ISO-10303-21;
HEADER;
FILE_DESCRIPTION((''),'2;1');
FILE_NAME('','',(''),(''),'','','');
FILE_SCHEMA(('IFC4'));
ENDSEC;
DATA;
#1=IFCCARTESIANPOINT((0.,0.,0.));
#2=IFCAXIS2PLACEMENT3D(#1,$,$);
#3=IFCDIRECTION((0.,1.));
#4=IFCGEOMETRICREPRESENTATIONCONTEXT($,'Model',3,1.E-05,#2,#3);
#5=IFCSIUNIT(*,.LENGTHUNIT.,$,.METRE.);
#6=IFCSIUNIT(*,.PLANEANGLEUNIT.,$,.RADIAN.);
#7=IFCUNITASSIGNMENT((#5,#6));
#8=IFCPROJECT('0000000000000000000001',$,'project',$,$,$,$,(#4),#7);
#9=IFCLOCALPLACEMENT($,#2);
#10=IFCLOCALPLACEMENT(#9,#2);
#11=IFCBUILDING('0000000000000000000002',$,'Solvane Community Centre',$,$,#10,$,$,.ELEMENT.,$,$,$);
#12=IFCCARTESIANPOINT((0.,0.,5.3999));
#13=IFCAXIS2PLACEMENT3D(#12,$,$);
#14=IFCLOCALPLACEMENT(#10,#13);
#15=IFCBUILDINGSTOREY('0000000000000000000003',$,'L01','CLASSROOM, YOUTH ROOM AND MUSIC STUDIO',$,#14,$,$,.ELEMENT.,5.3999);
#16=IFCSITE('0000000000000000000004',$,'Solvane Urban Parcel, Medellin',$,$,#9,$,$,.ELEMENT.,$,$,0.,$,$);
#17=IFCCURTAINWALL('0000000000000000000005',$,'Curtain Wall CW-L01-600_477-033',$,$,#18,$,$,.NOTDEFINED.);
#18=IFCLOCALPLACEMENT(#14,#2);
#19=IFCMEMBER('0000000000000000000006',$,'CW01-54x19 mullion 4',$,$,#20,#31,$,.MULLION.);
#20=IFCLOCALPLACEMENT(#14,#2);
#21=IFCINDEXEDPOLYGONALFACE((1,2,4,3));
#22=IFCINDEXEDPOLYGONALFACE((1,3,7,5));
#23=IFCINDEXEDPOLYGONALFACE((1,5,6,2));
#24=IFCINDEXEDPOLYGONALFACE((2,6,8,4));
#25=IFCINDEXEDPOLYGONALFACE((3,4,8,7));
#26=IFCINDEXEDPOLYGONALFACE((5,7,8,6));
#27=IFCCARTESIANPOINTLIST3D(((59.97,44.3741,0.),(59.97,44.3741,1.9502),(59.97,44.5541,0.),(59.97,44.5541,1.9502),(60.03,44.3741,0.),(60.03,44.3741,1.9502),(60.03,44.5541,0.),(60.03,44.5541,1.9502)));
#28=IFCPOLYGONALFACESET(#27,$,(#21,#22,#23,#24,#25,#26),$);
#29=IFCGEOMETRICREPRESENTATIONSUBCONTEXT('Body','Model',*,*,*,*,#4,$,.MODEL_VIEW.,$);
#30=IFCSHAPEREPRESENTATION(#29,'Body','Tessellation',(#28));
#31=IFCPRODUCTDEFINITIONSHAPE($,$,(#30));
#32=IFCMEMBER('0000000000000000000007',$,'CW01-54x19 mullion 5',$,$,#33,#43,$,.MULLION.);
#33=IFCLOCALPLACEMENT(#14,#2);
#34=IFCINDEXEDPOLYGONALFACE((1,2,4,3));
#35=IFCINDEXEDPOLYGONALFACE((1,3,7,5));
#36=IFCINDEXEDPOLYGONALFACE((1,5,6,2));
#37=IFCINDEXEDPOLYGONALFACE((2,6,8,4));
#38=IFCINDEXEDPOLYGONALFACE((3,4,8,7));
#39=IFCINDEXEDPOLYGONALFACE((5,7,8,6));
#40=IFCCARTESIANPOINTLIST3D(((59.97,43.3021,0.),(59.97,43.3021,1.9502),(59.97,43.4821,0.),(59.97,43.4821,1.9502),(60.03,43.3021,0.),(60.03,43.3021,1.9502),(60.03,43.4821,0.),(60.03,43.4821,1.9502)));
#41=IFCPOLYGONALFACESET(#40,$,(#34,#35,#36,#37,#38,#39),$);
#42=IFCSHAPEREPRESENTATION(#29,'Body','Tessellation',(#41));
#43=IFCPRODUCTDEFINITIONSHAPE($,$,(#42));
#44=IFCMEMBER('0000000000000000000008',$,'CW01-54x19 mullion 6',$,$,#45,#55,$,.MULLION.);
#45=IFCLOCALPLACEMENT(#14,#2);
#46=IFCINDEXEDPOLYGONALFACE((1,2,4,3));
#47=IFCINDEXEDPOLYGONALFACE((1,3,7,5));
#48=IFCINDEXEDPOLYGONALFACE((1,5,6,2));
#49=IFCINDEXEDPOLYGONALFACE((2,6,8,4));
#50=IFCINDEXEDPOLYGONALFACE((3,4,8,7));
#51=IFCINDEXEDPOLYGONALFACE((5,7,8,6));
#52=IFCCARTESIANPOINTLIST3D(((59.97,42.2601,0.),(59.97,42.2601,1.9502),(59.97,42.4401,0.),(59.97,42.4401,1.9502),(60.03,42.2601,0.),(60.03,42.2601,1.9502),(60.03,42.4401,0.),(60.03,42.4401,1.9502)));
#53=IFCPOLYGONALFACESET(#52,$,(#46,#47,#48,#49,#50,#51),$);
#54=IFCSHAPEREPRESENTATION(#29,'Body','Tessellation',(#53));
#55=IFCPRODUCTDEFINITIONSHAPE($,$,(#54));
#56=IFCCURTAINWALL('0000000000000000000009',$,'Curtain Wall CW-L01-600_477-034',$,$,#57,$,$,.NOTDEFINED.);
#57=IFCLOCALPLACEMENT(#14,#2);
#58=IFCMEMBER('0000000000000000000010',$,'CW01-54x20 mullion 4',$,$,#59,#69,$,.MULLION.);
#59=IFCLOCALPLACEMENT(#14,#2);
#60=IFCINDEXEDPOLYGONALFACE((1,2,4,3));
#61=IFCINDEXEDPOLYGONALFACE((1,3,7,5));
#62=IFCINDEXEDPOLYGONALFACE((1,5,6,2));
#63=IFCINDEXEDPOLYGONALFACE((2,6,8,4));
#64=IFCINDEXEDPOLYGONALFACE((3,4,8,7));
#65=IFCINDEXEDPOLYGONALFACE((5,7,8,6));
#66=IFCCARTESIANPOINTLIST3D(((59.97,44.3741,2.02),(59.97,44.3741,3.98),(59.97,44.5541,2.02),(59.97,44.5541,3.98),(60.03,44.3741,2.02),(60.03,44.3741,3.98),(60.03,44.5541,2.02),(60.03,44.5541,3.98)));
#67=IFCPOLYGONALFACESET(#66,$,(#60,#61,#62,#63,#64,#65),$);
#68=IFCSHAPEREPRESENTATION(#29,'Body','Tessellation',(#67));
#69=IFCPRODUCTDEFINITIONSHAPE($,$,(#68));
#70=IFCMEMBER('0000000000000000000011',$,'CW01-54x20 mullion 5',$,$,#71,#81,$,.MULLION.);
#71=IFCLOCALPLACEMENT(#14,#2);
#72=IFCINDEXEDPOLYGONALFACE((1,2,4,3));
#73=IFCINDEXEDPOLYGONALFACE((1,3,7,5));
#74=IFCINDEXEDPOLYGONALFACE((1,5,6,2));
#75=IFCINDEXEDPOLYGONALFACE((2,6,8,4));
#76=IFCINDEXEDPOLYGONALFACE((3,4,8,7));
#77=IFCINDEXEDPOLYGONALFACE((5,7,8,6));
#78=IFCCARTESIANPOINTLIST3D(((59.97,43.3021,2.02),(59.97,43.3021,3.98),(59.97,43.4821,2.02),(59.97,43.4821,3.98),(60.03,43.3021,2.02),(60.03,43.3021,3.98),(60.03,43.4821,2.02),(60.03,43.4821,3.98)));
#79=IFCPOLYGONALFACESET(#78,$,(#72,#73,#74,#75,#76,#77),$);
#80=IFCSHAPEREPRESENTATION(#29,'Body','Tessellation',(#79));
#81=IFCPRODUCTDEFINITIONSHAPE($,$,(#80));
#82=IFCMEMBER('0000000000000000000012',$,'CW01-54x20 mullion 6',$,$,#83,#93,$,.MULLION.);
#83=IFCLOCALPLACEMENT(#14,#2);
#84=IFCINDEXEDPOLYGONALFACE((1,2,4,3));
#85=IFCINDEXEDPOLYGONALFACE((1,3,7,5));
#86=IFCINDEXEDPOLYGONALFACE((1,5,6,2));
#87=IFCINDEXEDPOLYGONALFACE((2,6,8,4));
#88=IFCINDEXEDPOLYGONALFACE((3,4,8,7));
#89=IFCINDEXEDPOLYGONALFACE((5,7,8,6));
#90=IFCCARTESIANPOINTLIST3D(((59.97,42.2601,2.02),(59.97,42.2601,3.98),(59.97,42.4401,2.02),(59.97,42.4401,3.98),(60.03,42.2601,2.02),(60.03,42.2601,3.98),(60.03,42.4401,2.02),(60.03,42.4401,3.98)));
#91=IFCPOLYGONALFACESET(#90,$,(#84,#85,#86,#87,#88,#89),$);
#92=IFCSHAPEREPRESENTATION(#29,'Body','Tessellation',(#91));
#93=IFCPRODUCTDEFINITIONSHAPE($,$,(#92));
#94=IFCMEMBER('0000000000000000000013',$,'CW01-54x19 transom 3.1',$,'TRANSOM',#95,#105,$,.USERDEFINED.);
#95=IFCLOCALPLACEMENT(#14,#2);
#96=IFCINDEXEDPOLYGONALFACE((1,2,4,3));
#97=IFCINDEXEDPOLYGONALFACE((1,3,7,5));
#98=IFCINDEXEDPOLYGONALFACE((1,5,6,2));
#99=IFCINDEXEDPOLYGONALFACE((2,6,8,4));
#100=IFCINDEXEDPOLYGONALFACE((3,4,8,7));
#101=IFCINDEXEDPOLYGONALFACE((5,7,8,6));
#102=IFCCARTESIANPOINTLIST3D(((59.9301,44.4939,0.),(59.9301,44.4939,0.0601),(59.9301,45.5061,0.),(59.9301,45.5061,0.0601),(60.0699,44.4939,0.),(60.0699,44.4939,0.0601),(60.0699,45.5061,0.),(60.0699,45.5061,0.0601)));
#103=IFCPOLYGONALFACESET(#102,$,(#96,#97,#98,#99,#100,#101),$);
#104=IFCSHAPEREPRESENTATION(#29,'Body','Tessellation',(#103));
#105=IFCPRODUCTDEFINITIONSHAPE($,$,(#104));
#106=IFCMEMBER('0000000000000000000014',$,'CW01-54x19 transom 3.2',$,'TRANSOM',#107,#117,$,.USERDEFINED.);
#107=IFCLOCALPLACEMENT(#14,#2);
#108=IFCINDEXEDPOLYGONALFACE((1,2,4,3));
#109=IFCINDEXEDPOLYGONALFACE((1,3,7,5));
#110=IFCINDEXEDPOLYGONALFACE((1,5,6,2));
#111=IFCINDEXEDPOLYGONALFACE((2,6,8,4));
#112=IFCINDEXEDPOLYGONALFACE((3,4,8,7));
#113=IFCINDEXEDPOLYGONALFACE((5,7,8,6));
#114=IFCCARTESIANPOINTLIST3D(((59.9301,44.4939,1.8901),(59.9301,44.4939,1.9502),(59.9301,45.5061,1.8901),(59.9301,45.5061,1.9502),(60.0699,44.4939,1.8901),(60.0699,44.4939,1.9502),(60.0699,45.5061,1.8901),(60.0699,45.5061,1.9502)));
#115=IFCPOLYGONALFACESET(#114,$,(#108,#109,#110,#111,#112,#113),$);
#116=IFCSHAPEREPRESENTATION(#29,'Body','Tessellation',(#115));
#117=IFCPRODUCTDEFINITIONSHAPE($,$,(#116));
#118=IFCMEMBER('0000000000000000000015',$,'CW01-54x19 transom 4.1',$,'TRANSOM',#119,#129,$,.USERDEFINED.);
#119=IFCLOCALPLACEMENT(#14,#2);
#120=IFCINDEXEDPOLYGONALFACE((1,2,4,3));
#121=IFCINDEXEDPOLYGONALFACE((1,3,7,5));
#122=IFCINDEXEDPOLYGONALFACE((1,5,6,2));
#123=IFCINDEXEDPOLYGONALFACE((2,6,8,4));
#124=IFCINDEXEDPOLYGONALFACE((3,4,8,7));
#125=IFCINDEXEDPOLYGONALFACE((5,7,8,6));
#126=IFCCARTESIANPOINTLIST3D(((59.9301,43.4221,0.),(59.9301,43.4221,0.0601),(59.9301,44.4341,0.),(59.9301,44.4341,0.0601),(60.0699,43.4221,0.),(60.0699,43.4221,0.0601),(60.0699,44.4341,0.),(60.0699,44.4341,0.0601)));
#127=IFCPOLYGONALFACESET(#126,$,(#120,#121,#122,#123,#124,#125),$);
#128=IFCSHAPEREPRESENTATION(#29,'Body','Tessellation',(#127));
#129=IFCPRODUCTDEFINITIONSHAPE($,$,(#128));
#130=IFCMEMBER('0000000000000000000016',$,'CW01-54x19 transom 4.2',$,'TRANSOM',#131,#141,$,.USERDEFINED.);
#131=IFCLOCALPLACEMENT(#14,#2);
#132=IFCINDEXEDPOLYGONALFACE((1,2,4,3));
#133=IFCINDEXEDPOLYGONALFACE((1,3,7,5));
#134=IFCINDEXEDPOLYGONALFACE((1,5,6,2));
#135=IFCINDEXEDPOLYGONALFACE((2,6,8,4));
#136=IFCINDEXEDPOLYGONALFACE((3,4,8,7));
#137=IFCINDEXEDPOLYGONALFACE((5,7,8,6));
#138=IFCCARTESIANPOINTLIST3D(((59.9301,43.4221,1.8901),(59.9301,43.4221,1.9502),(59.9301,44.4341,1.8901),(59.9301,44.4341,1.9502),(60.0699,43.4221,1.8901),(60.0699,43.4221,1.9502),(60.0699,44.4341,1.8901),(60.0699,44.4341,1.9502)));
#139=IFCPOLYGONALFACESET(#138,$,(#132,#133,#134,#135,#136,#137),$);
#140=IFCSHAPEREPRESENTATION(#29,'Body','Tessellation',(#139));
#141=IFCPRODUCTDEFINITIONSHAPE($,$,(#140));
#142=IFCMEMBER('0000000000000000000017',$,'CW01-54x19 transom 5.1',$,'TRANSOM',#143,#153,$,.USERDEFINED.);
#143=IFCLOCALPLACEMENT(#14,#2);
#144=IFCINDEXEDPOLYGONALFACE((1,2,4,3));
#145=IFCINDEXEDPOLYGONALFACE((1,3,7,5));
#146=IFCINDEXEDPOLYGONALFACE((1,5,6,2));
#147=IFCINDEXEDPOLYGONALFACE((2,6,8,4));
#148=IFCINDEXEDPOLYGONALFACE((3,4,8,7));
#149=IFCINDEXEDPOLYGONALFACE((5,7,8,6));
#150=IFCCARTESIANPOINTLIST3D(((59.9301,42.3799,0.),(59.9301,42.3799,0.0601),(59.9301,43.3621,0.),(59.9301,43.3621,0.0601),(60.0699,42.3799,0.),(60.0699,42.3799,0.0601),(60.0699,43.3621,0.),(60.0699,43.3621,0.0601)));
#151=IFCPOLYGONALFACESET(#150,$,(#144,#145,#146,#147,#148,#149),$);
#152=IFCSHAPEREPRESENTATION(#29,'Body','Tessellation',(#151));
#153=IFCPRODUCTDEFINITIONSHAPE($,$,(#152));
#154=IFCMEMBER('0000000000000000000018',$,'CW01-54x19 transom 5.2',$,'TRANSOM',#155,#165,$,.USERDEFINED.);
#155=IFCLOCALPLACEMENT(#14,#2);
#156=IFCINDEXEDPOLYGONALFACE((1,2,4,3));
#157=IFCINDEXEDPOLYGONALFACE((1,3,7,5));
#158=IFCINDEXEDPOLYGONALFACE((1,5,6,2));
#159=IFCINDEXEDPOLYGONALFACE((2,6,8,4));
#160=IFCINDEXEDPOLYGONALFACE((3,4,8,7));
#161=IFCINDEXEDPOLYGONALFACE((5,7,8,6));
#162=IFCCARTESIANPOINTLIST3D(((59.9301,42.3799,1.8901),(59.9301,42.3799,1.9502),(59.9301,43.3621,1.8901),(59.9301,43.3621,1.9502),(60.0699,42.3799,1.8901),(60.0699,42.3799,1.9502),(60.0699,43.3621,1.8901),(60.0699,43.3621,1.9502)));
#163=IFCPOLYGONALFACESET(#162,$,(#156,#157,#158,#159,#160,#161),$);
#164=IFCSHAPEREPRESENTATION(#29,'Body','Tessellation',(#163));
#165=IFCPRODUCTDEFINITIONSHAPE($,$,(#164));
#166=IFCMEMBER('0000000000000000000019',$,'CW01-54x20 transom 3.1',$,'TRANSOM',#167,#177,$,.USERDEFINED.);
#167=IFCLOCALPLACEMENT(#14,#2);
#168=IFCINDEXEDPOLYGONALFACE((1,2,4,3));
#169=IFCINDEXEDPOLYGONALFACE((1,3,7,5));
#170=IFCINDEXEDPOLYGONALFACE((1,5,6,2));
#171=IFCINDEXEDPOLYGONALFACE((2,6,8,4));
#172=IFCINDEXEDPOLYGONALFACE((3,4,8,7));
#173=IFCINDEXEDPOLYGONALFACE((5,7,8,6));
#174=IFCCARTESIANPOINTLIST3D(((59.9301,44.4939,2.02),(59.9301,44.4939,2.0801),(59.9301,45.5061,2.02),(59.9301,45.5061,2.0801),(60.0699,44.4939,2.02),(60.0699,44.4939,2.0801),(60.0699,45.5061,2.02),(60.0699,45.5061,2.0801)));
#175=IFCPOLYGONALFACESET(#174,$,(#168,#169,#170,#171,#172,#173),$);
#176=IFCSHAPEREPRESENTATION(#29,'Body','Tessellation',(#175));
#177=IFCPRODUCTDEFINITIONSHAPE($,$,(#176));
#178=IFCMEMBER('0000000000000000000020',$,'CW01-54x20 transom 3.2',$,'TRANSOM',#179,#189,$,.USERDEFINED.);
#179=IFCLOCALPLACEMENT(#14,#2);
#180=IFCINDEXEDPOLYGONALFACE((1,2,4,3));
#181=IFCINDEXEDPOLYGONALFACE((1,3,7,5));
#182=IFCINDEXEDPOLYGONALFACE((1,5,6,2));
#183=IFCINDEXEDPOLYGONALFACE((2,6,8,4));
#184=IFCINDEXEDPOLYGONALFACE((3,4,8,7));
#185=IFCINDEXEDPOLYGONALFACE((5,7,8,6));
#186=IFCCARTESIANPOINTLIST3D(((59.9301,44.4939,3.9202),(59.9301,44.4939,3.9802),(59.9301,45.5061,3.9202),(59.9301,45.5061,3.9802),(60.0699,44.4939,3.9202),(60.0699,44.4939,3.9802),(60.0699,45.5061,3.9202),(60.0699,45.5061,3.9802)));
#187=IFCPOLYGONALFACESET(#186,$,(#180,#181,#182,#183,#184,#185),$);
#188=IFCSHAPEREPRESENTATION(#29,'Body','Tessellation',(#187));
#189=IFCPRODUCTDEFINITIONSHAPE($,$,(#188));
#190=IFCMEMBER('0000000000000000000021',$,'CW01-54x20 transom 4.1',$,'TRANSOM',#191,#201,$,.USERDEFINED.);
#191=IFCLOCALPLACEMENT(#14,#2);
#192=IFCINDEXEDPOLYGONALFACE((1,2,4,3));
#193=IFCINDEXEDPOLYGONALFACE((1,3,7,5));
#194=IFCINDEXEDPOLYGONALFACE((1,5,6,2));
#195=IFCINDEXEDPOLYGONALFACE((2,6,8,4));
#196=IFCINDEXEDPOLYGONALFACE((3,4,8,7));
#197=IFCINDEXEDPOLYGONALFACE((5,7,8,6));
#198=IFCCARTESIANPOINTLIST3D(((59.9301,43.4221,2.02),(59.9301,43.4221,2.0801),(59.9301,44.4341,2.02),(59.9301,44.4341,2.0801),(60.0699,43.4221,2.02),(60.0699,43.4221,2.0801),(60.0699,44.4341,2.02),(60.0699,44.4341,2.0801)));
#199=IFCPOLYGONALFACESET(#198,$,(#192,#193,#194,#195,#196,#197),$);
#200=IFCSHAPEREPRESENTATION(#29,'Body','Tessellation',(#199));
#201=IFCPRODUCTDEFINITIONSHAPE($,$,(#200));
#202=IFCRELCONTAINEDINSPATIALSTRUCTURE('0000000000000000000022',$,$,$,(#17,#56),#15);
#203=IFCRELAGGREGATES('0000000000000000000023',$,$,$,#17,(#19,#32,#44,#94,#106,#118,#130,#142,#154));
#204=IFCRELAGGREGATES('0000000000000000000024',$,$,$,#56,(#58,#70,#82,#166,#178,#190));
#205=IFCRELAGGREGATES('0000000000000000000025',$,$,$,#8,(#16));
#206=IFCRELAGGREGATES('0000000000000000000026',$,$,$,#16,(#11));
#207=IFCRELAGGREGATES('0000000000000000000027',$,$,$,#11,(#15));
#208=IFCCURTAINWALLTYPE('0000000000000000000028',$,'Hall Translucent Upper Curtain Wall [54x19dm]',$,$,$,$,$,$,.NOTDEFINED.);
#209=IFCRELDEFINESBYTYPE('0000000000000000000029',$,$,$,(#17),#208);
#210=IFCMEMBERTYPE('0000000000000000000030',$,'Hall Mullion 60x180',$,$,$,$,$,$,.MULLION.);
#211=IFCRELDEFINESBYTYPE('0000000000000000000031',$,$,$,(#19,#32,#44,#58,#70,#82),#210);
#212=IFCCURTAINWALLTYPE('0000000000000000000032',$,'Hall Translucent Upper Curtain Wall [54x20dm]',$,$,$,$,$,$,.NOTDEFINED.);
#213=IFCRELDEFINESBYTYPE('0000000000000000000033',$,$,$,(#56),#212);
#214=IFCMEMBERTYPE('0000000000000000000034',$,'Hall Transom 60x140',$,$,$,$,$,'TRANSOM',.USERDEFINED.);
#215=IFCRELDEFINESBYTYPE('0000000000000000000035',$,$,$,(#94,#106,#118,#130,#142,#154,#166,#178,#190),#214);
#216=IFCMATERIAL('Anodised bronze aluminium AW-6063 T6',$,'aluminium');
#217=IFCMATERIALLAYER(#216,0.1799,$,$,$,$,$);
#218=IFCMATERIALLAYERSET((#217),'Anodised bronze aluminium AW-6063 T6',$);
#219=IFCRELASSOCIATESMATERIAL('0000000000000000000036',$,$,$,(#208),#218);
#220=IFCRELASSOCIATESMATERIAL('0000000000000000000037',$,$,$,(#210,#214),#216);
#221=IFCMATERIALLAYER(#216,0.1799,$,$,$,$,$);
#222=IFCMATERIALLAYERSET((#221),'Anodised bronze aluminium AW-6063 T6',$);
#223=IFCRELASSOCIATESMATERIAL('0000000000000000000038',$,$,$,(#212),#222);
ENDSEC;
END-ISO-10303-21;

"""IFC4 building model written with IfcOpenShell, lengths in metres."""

from ifc_helpers import new_model, si_unit, direction, frame, origin, origin_2d, place, context, subcontext, project, spatial, rectangle, extrude, material, layer, layer_set, material_profile, profile_set, type_object, element, aggregate, save


model = new_model("IFC4")

# Units and contexts
model_context = context("Model", 3, precision=1e-05, world=origin(), true_north=direction((0.0, 1.0)))
body_context = subcontext(model_context, "Body", "Model", "MODEL_VIEW")
ifc_project = project(units=[si_unit("LENGTHUNIT", "METRE"), si_unit("PLANEANGLEUNIT", "RADIAN")], contexts=[model_context])

# Site, building, storey
site_placement = place(None, origin())
site = spatial("IfcSite", under=ifc_project, at=site_placement, Name="Solvane Urban Parcel, Medellin", CompositionType="ELEMENT", RefElevation=0.0)
building_placement = place(site_placement, origin())
building = spatial("IfcBuilding", under=site, at=building_placement, Name="Solvane Community Centre", CompositionType="ELEMENT")
storey_placement = place(building_placement, frame((0.0, 0.0, 5.3999)))
storey = spatial("IfcBuildingStorey", under=building, at=storey_placement, Name="L01", Description="CLASSROOM, YOUTH ROOM AND MUSIC STUDIO", CompositionType="ELEMENT", Elevation=5.3999)

# Curtain walls, members
ifc_material_1 = material(Name="Anodised bronze aluminium AW-6063 T6", Category="aluminium")
ifc_layer_1 = layer(ifc_material_1, 0.1799)
ifc_layer_set_1 = layer_set([ifc_layer_1], Name="Anodised bronze aluminium AW-6063 T6")
curtain_wall_type_1 = type_object("IfcCurtainWallType", Name="Hall Translucent Upper Curtain Wall [54x19dm]", PredefinedType="NOTDEFINED", material=ifc_layer_set_1)
curtain_wall_1_placement = place(storey_placement, origin())
curtain_wall_1 = element("IfcCurtainWall", 1, at=curtain_wall_1_placement, inside=storey, type_object=curtain_wall_type_1, Name="Curtain Wall CW-L01-600_477-033", PredefinedType="NOTDEFINED")
ifc_material_profile_1 = material_profile(ifc_material_1, rectangle(XDim=0.0601, YDim=0.1799, at=origin_2d()), Name="CW-M 60x180")
ifc_profile_set_1 = profile_set([ifc_material_profile_1], Name="Anodised bronze aluminium AW-6063 T6")
member_type_1 = type_object("IfcMemberType", Name="Hall Mullion 60x180", PredefinedType="MULLION", material=ifc_profile_set_1)
member_1_placement = place(storey_placement, frame((60.0, 44.4641, 0.0), z_axis=(0.0, 0.0, 1.0), x_axis=(1.0, 0.0, 0.0)))
member_1 = element("IfcMember", 2, at=member_1_placement, type_object=member_type_1, Name="CW01-54x19 mullion 4", PredefinedType="MULLION", context=body_context, shape_type="SweptSolid", body=[
    extrude(rectangle(XDim=0.0601, YDim=0.1799, at=origin_2d()), origin(), (0.0, 0.0, 1.0), 1.9502),
])
member_2_placement = place(storey_placement, frame((60.0, 43.3921, 0.0), z_axis=(0.0, 0.0, 1.0), x_axis=(1.0, 0.0, 0.0)))
member_2 = element("IfcMember", 3, at=member_2_placement, type_object=member_type_1, Name="CW01-54x19 mullion 5", PredefinedType="MULLION", context=body_context, shape_type="SweptSolid", body=[
    extrude(rectangle(XDim=0.0601, YDim=0.1799, at=origin_2d()), origin(), (0.0, 0.0, 1.0), 1.9502),
])
member_3_placement = place(storey_placement, frame((60.0, 42.3501, 0.0), z_axis=(0.0, 0.0, 1.0), x_axis=(1.0, 0.0, 0.0)))
member_3 = element("IfcMember", 4, at=member_3_placement, type_object=member_type_1, Name="CW01-54x19 mullion 6", PredefinedType="MULLION", context=body_context, shape_type="SweptSolid", body=[
    extrude(rectangle(XDim=0.0601, YDim=0.1799, at=origin_2d()), origin(), (0.0, 0.0, 1.0), 1.9502),
])
ifc_layer_2 = layer(ifc_material_1, 0.1799)
ifc_layer_set_2 = layer_set([ifc_layer_2], Name="Anodised bronze aluminium AW-6063 T6")
curtain_wall_type_2 = type_object("IfcCurtainWallType", Name="Hall Translucent Upper Curtain Wall [54x20dm]", PredefinedType="NOTDEFINED", material=ifc_layer_set_2)
curtain_wall_2_placement = place(storey_placement, origin())
curtain_wall_2 = element("IfcCurtainWall", 5, at=curtain_wall_2_placement, inside=storey, type_object=curtain_wall_type_2, Name="Curtain Wall CW-L01-600_477-034", PredefinedType="NOTDEFINED")
member_4_placement = place(storey_placement, frame((60.0, 44.4641, 2.02), z_axis=(0.0, 0.0, 1.0), x_axis=(1.0, 0.0, 0.0)))
member_4 = element("IfcMember", 6, at=member_4_placement, type_object=member_type_1, Name="CW01-54x20 mullion 4", PredefinedType="MULLION", context=body_context, shape_type="SweptSolid", body=[
    extrude(rectangle(XDim=0.0601, YDim=0.1799, at=origin_2d()), origin(), (0.0, 0.0, 1.0), 1.96),
])
member_5_placement = place(storey_placement, frame((60.0, 43.3921, 2.02), z_axis=(0.0, 0.0, 1.0), x_axis=(1.0, 0.0, 0.0)))
member_5 = element("IfcMember", 7, at=member_5_placement, type_object=member_type_1, Name="CW01-54x20 mullion 5", PredefinedType="MULLION", context=body_context, shape_type="SweptSolid", body=[
    extrude(rectangle(XDim=0.0601, YDim=0.1799, at=origin_2d()), origin(), (0.0, 0.0, 1.0), 1.96),
])
member_6_placement = place(storey_placement, frame((60.0, 42.3501, 2.02), z_axis=(0.0, 0.0, 1.0), x_axis=(1.0, 0.0, 0.0)))
member_6 = element("IfcMember", 8, at=member_6_placement, type_object=member_type_1, Name="CW01-54x20 mullion 6", PredefinedType="MULLION", context=body_context, shape_type="SweptSolid", body=[
    extrude(rectangle(XDim=0.0601, YDim=0.1799, at=origin_2d()), origin(), (0.0, 0.0, 1.0), 1.96),
])

# Members
ifc_material_profile_2 = material_profile(ifc_material_1, rectangle(XDim=0.1399, YDim=0.0601, at=origin_2d()), Name="CW-T 60x140")
ifc_profile_set_2 = profile_set([ifc_material_profile_2], Name="Anodised bronze aluminium AW-6063 T6")
member_type_2 = type_object("IfcMemberType", Name="Hall Transom 60x140", ElementType="TRANSOM", PredefinedType="USERDEFINED", material=ifc_profile_set_2)
member_7_placement = place(storey_placement, frame((60.0, 45.5061, 0.03), z_axis=(0.0, -1.0, 0.0), x_axis=(1.0, 0.0, 0.0)))
member_7 = element("IfcMember", 9, at=member_7_placement, type_object=member_type_2, Name="CW01-54x19 transom 3.1", ObjectType="TRANSOM", PredefinedType="USERDEFINED", context=body_context, shape_type="SweptSolid", body=[
    extrude(rectangle(XDim=0.1399, YDim=0.0601, at=origin_2d()), origin(), (0.0, 0.0, 1.0), 1.0122),
])
member_8_placement = place(storey_placement, frame((60.0, 45.5061, 1.9202), z_axis=(0.0, -1.0, 0.0), x_axis=(1.0, 0.0, 0.0)))
member_8 = element("IfcMember", 10, at=member_8_placement, type_object=member_type_2, Name="CW01-54x19 transom 3.2", ObjectType="TRANSOM", PredefinedType="USERDEFINED", context=body_context, shape_type="SweptSolid", body=[
    extrude(rectangle(XDim=0.1399, YDim=0.0601, at=origin_2d()), origin(), (0.0, 0.0, 1.0), 1.0122),
])
member_9_placement = place(storey_placement, frame((60.0, 44.4341, 0.03), z_axis=(0.0, -1.0, 0.0), x_axis=(1.0, 0.0, 0.0)))
member_9 = element("IfcMember", 11, at=member_9_placement, type_object=member_type_2, Name="CW01-54x19 transom 4.1", ObjectType="TRANSOM", PredefinedType="USERDEFINED", context=body_context, shape_type="SweptSolid", body=[
    extrude(rectangle(XDim=0.1399, YDim=0.0601, at=origin_2d()), origin(), (0.0, 0.0, 1.0), 1.012),
])
member_10_placement = place(storey_placement, frame((60.0, 44.4341, 1.9202), z_axis=(0.0, -1.0, 0.0), x_axis=(1.0, 0.0, 0.0)))
member_10 = element("IfcMember", 12, at=member_10_placement, type_object=member_type_2, Name="CW01-54x19 transom 4.2", ObjectType="TRANSOM", PredefinedType="USERDEFINED", context=body_context, shape_type="SweptSolid", body=[
    extrude(rectangle(XDim=0.1399, YDim=0.0601, at=origin_2d()), origin(), (0.0, 0.0, 1.0), 1.012),
])
member_11_placement = place(storey_placement, frame((60.0, 43.3621, 0.03), z_axis=(0.0, -1.0, 0.0), x_axis=(1.0, 0.0, 0.0)))
member_11 = element("IfcMember", 13, at=member_11_placement, type_object=member_type_2, Name="CW01-54x19 transom 5.1", ObjectType="TRANSOM", PredefinedType="USERDEFINED", context=body_context, shape_type="SweptSolid", body=[
    extrude(rectangle(XDim=0.1399, YDim=0.0601, at=origin_2d()), origin(), (0.0, 0.0, 1.0), 0.9822),
])
member_12_placement = place(storey_placement, frame((60.0, 43.3621, 1.9202), z_axis=(0.0, -1.0, 0.0), x_axis=(1.0, 0.0, 0.0)))
member_12 = element("IfcMember", 14, at=member_12_placement, type_object=member_type_2, Name="CW01-54x19 transom 5.2", ObjectType="TRANSOM", PredefinedType="USERDEFINED", context=body_context, shape_type="SweptSolid", body=[
    extrude(rectangle(XDim=0.1399, YDim=0.0601, at=origin_2d()), origin(), (0.0, 0.0, 1.0), 0.9822),
])
member_13_placement = place(storey_placement, frame((60.0, 45.5061, 2.05), z_axis=(0.0, -1.0, 0.0), x_axis=(1.0, 0.0, 0.0)))
member_13 = element("IfcMember", 15, at=member_13_placement, type_object=member_type_2, Name="CW01-54x20 transom 3.1", ObjectType="TRANSOM", PredefinedType="USERDEFINED", context=body_context, shape_type="SweptSolid", body=[
    extrude(rectangle(XDim=0.1399, YDim=0.0601, at=origin_2d()), origin(), (0.0, 0.0, 1.0), 1.0122),
])
member_14_placement = place(storey_placement, frame((60.0, 45.5061, 3.9502), z_axis=(0.0, -1.0, 0.0), x_axis=(1.0, 0.0, 0.0)))
member_14 = element("IfcMember", 16, at=member_14_placement, type_object=member_type_2, Name="CW01-54x20 transom 3.2", ObjectType="TRANSOM", PredefinedType="USERDEFINED", context=body_context, shape_type="SweptSolid", body=[
    extrude(rectangle(XDim=0.1399, YDim=0.0601, at=origin_2d()), origin(), (0.0, 0.0, 1.0), 1.0122),
])
member_15_placement = place(storey_placement, frame((60.0, 44.4341, 2.05), z_axis=(0.0, -1.0, 0.0), x_axis=(1.0, 0.0, 0.0)))
member_15 = element("IfcMember", 17, at=member_15_placement, type_object=member_type_2, Name="CW01-54x20 transom 4.1", ObjectType="TRANSOM", PredefinedType="USERDEFINED", context=body_context, shape_type="SweptSolid", body=[
    extrude(rectangle(XDim=0.1399, YDim=0.0601, at=origin_2d()), origin(), (0.0, 0.0, 1.0), 1.012),
])

aggregate(curtain_wall_1, [member_1, member_2, member_3, member_7, member_8, member_9, member_10, member_11, member_12])
aggregate(curtain_wall_2, [member_4, member_5, member_6, member_13, member_14, member_15])

save(model, "model.ifc")
